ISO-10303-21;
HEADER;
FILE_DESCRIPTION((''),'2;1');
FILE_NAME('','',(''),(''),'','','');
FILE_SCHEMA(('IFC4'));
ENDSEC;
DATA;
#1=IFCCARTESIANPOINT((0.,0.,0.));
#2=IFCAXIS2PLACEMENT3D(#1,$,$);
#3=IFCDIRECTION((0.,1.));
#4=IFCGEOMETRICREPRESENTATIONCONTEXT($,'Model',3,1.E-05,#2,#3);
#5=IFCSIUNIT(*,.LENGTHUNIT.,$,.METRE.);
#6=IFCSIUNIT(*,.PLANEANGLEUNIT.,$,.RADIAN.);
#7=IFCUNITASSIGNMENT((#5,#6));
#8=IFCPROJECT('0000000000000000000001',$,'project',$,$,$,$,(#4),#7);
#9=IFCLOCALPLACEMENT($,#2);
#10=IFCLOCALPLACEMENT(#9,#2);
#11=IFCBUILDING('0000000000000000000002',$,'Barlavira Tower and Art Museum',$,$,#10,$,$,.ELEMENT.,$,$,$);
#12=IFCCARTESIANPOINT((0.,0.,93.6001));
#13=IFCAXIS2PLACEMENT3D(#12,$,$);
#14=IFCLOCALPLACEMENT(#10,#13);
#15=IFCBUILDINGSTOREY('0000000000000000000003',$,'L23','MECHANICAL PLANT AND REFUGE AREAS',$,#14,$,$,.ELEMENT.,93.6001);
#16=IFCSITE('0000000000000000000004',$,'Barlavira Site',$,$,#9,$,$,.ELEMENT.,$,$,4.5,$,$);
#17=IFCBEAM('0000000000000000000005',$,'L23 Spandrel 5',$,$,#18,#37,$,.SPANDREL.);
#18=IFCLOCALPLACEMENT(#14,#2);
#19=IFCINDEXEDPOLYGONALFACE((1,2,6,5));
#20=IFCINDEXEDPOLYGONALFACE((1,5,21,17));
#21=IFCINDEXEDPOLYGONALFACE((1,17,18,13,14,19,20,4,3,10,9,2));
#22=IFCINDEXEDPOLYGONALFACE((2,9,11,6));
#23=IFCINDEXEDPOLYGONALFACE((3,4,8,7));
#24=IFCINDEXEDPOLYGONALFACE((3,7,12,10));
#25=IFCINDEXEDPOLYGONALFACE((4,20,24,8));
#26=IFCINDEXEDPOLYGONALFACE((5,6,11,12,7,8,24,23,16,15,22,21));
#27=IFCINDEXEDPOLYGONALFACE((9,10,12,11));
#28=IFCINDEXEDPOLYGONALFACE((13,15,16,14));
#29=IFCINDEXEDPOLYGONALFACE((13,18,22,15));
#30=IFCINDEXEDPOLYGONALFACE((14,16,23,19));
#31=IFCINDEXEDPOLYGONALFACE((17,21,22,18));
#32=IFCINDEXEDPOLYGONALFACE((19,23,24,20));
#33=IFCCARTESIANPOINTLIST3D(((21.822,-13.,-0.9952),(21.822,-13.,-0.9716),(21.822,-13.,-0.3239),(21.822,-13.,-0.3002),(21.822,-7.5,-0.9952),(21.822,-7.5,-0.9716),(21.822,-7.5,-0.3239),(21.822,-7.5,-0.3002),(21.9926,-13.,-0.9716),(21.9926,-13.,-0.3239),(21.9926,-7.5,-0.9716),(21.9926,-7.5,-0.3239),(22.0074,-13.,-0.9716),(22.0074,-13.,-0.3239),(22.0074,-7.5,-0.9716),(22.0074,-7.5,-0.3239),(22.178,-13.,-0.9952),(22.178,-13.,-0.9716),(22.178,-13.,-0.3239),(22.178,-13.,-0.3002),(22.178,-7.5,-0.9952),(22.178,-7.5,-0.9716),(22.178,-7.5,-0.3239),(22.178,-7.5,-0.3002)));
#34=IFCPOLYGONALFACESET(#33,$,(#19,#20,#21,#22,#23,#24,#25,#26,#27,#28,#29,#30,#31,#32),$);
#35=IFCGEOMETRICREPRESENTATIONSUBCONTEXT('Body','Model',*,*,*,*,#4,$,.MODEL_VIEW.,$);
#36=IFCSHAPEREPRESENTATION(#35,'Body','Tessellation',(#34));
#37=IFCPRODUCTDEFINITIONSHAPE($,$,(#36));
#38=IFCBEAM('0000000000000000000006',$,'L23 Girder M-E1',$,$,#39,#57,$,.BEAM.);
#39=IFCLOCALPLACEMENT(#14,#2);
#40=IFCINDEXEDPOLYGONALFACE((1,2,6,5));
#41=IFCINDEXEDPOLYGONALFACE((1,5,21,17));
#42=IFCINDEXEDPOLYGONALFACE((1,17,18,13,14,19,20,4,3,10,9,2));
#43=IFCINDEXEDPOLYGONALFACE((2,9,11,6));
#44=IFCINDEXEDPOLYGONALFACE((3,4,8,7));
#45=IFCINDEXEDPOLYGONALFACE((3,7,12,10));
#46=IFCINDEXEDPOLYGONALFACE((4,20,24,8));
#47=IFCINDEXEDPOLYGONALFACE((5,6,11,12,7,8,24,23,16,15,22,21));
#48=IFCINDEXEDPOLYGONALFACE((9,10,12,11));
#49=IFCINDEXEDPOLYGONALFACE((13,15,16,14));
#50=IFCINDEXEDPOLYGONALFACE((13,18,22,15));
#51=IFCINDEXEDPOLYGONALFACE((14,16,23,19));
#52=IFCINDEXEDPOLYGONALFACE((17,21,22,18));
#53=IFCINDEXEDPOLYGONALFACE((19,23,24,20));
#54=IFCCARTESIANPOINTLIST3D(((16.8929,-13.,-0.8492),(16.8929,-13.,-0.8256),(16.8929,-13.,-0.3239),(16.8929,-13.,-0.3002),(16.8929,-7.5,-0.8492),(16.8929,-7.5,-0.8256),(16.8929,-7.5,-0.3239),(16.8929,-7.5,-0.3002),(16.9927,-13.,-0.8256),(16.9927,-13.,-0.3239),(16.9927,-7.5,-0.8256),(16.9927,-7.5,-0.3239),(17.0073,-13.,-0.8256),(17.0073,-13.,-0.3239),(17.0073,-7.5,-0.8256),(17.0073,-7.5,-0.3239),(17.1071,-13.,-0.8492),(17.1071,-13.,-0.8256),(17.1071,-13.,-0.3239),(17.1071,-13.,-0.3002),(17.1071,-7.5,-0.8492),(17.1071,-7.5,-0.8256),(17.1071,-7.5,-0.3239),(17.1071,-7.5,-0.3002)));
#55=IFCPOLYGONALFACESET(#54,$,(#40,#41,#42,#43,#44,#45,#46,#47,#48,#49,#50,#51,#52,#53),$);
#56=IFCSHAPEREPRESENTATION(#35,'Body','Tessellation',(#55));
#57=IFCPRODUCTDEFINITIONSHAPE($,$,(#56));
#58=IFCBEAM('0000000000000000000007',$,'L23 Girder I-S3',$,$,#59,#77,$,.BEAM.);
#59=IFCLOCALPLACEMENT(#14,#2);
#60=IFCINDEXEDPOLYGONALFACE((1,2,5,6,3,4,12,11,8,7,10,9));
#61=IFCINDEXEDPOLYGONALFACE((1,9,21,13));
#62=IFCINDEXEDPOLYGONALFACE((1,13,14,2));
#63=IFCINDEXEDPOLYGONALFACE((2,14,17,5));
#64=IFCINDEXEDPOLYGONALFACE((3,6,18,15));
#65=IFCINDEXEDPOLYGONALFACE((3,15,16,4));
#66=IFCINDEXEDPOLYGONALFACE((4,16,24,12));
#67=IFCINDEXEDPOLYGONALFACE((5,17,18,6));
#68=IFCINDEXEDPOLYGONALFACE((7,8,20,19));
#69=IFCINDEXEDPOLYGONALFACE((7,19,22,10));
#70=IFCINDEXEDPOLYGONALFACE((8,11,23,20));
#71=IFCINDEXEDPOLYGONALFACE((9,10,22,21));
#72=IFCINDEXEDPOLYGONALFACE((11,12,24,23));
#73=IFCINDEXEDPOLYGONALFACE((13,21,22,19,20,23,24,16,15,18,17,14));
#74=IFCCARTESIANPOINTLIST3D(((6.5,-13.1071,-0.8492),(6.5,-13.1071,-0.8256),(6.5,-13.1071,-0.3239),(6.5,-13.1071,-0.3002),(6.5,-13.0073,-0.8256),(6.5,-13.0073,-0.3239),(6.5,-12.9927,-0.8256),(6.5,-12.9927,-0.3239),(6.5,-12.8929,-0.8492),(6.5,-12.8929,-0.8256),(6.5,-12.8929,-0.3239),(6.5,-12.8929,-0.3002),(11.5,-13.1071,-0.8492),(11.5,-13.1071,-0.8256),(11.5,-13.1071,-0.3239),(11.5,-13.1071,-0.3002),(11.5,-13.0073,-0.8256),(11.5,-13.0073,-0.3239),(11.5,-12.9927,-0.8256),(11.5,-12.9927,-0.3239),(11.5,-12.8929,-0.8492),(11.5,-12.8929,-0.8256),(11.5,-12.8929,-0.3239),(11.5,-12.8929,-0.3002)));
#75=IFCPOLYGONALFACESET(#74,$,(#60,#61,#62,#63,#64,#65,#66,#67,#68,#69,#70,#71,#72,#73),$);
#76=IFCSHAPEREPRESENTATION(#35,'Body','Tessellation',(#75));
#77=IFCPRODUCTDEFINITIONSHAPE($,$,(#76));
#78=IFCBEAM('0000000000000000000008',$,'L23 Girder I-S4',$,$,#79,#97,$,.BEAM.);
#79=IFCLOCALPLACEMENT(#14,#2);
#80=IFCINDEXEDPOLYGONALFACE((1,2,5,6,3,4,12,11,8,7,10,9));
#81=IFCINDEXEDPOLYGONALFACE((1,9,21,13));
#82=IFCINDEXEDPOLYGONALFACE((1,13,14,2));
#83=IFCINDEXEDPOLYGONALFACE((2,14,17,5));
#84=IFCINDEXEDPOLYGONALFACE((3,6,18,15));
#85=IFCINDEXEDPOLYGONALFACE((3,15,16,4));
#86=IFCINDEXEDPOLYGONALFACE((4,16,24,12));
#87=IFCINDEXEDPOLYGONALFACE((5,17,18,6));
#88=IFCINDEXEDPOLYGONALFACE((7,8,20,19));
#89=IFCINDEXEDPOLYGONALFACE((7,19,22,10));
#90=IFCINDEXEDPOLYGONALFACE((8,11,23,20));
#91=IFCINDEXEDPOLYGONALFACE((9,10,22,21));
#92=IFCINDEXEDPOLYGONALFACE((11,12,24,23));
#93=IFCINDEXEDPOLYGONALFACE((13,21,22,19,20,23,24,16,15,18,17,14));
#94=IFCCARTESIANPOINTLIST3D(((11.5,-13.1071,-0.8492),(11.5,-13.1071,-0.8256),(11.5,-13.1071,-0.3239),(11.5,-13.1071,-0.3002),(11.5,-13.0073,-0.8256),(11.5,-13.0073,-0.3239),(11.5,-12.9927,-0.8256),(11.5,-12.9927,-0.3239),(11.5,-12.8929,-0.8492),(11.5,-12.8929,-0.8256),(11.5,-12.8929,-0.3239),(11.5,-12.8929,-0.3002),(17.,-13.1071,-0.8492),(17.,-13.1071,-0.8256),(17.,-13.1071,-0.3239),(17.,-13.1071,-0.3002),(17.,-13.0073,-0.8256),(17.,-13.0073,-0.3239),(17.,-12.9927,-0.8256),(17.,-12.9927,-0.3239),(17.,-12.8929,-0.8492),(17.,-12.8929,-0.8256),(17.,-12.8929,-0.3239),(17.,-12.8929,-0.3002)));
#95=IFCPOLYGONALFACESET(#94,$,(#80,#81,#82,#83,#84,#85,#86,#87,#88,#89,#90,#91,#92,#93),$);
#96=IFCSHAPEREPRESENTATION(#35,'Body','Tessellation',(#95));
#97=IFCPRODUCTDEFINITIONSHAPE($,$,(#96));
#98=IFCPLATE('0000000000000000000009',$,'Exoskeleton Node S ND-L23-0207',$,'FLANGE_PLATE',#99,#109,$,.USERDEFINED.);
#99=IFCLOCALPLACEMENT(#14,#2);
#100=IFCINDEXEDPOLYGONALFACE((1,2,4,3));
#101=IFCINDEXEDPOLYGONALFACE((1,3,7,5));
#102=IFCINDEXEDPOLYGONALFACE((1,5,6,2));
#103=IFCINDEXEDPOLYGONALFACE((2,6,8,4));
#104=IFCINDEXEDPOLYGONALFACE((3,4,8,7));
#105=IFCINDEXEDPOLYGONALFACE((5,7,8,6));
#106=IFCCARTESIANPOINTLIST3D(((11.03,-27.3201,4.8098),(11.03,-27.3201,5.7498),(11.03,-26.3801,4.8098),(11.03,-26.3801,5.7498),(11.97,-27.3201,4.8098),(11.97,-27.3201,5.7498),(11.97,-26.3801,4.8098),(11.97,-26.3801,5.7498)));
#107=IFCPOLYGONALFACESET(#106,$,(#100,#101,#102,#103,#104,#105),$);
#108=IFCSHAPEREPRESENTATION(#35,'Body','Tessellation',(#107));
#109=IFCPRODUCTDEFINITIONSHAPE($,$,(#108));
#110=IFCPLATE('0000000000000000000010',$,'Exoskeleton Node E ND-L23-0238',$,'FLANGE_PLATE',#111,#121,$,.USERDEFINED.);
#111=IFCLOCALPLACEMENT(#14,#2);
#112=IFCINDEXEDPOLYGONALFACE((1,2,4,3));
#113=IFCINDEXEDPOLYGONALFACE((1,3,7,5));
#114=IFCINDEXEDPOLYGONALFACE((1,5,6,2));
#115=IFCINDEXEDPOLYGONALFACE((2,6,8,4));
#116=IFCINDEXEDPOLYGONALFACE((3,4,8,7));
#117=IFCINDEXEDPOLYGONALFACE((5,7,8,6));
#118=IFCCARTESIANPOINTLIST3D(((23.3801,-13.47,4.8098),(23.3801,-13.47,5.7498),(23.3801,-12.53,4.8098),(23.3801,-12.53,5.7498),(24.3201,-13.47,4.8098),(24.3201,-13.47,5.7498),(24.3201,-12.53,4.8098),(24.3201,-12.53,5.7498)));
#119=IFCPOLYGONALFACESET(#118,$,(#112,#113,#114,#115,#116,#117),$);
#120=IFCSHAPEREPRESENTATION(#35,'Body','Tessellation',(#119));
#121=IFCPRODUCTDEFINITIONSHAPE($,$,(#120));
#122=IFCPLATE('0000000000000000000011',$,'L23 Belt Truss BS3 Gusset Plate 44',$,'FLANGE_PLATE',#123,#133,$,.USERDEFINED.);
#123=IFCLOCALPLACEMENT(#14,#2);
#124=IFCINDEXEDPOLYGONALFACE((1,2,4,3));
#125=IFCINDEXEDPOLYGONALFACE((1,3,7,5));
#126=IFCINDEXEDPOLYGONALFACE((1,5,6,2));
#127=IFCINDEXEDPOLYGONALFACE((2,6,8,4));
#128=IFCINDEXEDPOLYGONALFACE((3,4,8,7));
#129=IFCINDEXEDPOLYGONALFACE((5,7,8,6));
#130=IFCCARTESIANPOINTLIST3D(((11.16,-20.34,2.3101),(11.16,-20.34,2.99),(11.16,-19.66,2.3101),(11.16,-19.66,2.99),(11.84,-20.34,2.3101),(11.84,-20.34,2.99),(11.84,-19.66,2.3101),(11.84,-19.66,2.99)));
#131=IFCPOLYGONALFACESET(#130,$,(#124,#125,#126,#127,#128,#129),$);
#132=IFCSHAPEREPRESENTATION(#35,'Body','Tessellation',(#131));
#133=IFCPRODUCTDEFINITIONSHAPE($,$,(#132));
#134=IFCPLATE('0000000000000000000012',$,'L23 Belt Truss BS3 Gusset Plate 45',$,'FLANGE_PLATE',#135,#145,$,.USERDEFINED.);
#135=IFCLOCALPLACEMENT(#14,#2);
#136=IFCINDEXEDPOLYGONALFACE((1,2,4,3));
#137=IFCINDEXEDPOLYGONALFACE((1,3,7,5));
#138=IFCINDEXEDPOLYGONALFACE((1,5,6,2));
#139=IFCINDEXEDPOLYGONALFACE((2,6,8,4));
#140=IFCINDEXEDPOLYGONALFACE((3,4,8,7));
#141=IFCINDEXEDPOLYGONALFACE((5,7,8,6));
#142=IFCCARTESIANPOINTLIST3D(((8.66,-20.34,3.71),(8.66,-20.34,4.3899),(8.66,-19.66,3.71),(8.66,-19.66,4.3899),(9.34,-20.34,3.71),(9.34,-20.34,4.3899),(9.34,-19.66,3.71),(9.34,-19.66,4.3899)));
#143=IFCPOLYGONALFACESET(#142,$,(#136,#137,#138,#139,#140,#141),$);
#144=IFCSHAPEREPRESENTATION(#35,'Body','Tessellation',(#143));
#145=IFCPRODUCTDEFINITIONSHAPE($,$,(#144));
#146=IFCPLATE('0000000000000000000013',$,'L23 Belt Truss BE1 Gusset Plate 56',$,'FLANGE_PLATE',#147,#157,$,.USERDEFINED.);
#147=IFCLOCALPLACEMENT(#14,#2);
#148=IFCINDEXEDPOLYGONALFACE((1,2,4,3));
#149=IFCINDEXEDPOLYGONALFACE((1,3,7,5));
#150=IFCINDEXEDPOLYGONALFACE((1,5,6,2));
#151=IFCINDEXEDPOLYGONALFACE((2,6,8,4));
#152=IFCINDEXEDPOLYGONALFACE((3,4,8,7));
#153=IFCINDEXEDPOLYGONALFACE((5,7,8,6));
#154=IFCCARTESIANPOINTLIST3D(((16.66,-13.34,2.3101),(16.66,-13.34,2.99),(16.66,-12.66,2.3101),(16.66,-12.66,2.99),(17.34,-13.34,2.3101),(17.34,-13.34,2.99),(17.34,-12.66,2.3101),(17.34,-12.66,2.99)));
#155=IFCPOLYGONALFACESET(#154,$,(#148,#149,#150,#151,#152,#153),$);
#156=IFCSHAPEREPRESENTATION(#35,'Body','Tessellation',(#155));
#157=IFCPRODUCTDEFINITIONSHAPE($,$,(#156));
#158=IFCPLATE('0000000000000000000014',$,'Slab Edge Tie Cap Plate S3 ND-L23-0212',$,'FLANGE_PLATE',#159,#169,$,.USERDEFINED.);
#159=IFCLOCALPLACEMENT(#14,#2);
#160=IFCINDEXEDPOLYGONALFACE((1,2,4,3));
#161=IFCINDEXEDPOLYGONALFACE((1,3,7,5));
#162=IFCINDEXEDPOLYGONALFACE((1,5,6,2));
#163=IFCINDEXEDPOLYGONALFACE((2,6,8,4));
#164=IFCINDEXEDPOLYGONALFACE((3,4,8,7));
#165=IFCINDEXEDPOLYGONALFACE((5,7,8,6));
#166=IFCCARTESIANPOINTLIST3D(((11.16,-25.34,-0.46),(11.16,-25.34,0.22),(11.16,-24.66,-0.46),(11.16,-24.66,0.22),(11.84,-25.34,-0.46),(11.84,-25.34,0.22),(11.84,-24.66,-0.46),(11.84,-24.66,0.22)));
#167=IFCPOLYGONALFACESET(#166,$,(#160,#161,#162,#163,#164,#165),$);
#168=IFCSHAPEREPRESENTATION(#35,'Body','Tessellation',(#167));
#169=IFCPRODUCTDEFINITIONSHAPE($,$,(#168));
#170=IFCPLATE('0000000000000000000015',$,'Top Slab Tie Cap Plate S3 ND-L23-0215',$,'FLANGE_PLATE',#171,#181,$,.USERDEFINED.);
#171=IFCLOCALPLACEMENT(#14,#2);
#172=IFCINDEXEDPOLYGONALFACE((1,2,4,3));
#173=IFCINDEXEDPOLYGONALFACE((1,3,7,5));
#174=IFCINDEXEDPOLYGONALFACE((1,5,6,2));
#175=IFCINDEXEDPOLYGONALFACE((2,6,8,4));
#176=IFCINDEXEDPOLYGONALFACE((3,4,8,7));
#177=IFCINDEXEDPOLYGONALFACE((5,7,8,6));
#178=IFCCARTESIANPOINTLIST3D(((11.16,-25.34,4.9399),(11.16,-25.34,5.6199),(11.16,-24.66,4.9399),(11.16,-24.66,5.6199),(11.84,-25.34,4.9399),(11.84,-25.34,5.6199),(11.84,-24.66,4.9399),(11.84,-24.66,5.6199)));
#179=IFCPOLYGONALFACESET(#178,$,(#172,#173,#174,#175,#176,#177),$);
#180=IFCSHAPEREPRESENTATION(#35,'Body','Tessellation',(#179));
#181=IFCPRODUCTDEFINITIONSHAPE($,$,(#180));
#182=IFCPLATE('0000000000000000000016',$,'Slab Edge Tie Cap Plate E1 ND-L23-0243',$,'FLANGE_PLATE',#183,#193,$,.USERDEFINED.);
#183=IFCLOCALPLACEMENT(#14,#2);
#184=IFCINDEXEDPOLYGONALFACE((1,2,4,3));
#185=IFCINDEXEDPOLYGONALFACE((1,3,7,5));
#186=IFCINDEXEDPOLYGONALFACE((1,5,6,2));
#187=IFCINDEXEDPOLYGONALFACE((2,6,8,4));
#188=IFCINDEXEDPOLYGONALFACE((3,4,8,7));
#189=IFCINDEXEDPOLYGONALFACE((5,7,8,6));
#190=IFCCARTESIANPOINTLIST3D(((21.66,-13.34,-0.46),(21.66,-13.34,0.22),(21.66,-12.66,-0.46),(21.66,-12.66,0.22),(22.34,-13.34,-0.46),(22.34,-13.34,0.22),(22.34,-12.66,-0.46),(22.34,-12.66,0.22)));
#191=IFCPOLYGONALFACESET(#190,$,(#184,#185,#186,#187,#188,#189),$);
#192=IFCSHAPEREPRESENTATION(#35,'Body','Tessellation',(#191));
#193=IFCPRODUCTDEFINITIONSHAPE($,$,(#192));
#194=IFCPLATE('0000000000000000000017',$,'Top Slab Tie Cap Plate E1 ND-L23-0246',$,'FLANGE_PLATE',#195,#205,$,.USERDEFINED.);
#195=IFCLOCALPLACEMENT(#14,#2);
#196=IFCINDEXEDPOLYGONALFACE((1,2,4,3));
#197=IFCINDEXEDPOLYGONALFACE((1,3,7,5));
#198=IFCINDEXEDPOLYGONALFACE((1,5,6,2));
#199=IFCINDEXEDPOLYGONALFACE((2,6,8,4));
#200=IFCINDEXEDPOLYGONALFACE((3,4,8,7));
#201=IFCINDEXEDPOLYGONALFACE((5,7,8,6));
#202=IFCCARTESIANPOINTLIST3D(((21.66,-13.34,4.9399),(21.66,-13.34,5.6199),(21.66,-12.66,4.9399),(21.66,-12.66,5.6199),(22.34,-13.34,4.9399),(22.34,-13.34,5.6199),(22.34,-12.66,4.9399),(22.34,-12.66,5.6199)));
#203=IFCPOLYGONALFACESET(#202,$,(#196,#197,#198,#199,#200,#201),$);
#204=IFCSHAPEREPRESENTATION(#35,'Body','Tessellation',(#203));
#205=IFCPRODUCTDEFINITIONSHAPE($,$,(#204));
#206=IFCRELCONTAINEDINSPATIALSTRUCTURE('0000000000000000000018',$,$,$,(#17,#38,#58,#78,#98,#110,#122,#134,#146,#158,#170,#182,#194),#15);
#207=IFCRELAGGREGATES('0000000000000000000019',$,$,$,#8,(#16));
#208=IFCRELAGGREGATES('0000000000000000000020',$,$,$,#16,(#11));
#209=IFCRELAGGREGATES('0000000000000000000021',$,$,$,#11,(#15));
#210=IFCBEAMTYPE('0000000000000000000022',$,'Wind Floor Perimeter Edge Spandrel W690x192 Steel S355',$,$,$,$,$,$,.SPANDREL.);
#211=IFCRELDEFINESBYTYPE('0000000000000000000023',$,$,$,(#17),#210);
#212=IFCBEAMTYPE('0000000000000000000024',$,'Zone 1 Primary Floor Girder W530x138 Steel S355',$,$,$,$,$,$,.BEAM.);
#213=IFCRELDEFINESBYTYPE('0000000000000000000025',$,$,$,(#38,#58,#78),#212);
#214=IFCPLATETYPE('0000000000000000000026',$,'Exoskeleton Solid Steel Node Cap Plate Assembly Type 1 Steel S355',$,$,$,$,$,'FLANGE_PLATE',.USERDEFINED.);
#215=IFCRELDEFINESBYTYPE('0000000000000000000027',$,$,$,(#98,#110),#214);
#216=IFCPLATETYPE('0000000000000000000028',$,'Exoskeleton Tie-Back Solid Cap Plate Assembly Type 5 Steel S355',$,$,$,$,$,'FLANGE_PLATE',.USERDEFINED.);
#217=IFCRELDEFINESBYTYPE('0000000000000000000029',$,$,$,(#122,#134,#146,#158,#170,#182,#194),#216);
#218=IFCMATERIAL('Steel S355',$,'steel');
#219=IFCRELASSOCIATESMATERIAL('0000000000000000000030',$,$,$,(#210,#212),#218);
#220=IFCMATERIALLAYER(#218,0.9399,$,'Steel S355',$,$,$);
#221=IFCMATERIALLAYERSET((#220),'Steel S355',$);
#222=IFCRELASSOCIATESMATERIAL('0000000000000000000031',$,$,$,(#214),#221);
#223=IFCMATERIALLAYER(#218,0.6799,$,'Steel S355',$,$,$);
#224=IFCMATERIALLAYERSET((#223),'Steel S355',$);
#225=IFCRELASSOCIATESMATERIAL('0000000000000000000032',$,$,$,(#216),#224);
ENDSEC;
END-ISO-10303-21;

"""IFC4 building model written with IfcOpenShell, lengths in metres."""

from ifc_helpers import new_model, si_unit, direction, frame, origin, origin_2d, place, context, subcontext, project, spatial, rectangle, i_section, extrude, material, layer, layer_set, material_profile, profile_set, type_object, element, save


model = new_model("IFC4")

# Units and contexts
model_context = context("Model", 3, precision=1e-05, world=origin(), true_north=direction((0.0, 1.0)))
body_context = subcontext(model_context, "Body", "Model", "MODEL_VIEW")
ifc_project = project(units=[si_unit("LENGTHUNIT", "METRE"), si_unit("PLANEANGLEUNIT", "RADIAN")], contexts=[model_context])

# Site, building, storey
site_placement = place(None, origin())
site = spatial("IfcSite", under=ifc_project, at=site_placement, Name="Barlavira Site", CompositionType="ELEMENT", RefElevation=4.5)
building_placement = place(site_placement, origin())
building = spatial("IfcBuilding", under=site, at=building_placement, Name="Barlavira Tower and Art Museum", CompositionType="ELEMENT")
storey_placement = place(building_placement, frame((0.0, 0.0, 93.6001)))
storey = spatial("IfcBuildingStorey", under=building, at=storey_placement, Name="L23", Description="MECHANICAL PLANT AND REFUGE AREAS", CompositionType="ELEMENT", Elevation=93.6001)

# Shared definitions
ifc_material_1 = material(Name="Steel S355", Category="steel")

# Beams
ifc_material_profile_1 = material_profile(ifc_material_1, i_section(OverallWidth=0.356, OverallDepth=0.6951, WebThickness=0.0149, FlangeThickness=0.0237, at=origin_2d()), Name="W690x192.0")
ifc_profile_set_1 = profile_set([ifc_material_profile_1], Name="Steel S355")
beam_type_1 = type_object("IfcBeamType", Name="Wind Floor Perimeter Edge Spandrel W690x192 Steel S355", PredefinedType="SPANDREL", material=ifc_profile_set_1)
beam_1_placement = place(storey_placement, frame((22.0, -13.0, -0.6477), z_axis=(0.0, 1.0, 0.0), x_axis=(-1.0, 0.0, 0.0)))
element("IfcBeam", 1, at=beam_1_placement, inside=storey, type_object=beam_type_1, Name="L23 Spandrel 5", PredefinedType="SPANDREL", context=body_context, shape_type="SweptSolid", body=[
    extrude(i_section(OverallWidth=0.356, OverallDepth=0.6951, WebThickness=0.0149, FlangeThickness=0.0237, at=origin_2d()), origin(), (0.0, 0.0, 1.0), 5.5),
])
ifc_material_profile_2 = material_profile(ifc_material_1, i_section(OverallWidth=0.2141, OverallDepth=0.5491, WebThickness=0.0146, FlangeThickness=0.0237, at=origin_2d()), Name="W530x138.0")
ifc_profile_set_2 = profile_set([ifc_material_profile_2], Name="Steel S355")
beam_type_2 = type_object("IfcBeamType", Name="Zone 1 Primary Floor Girder W530x138 Steel S355", PredefinedType="BEAM", material=ifc_profile_set_2)
beam_2_placement = place(storey_placement, frame((17.0, -13.0, -0.5747), z_axis=(0.0, 1.0, 0.0), x_axis=(-1.0, 0.0, 0.0)))
element("IfcBeam", 2, at=beam_2_placement, inside=storey, type_object=beam_type_2, Name="L23 Girder M-E1", PredefinedType="BEAM", context=body_context, shape_type="SweptSolid", body=[
    extrude(i_section(OverallWidth=0.2141, OverallDepth=0.5491, WebThickness=0.0146, FlangeThickness=0.0237, at=origin_2d()), origin(), (0.0, 0.0, 1.0), 5.5),
])
beam_3_placement = place(storey_placement, frame((6.5, -13.0, -0.5747), z_axis=(1.0, 0.0, 0.0), x_axis=(0.0, 1.0, 0.0)))
element("IfcBeam", 3, at=beam_3_placement, inside=storey, type_object=beam_type_2, Name="L23 Girder I-S3", PredefinedType="BEAM", context=body_context, shape_type="SweptSolid", body=[
    extrude(i_section(OverallWidth=0.2141, OverallDepth=0.5491, WebThickness=0.0146, FlangeThickness=0.0237, at=origin_2d()), origin(), (0.0, 0.0, 1.0), 5.0),
])
beam_4_placement = place(storey_placement, frame((11.5, -13.0, -0.5747), z_axis=(1.0, 0.0, 0.0), x_axis=(0.0, 1.0, 0.0)))
element("IfcBeam", 4, at=beam_4_placement, inside=storey, type_object=beam_type_2, Name="L23 Girder I-S4", PredefinedType="BEAM", context=body_context, shape_type="SweptSolid", body=[
    extrude(i_section(OverallWidth=0.2141, OverallDepth=0.5491, WebThickness=0.0146, FlangeThickness=0.0237, at=origin_2d()), origin(), (0.0, 0.0, 1.0), 5.5),
])

# Plates
ifc_layer_1 = layer(ifc_material_1, 0.9399, Name="Steel S355")
ifc_layer_set_1 = layer_set([ifc_layer_1], Name="Steel S355")
plate_type_1 = type_object("IfcPlateType", Name="Exoskeleton Solid Steel Node Cap Plate Assembly Type 1 Steel S355", ElementType="FLANGE_PLATE", PredefinedType="USERDEFINED", material=ifc_layer_set_1)
for number, where, z_axis, x_axis, name in (
    (5, (11.5, -26.8501, 4.8098), (0.0, 0.0, 1.0), (1.0, 0.0, 0.0), "Exoskeleton Node S ND-L23-0207"),
    (6, (23.8501, -13.0, 4.8098), (0.0, 0.0, 1.0), (1.0, 0.0, 0.0), "Exoskeleton Node E ND-L23-0238"),
):
    element("IfcPlate", number, at=place(storey_placement, frame(where, z_axis=z_axis, x_axis=x_axis)), inside=storey, type_object=plate_type_1, Name=name, ObjectType="FLANGE_PLATE", PredefinedType="USERDEFINED", context=body_context, shape_type="SweptSolid", body=[
        extrude(rectangle(XDim=0.9399, YDim=0.9399, at=origin_2d()), origin(), (0.0, 0.0, 1.0), 0.9399),
    ])
ifc_layer_2 = layer(ifc_material_1, 0.6799, Name="Steel S355")
ifc_layer_set_2 = layer_set([ifc_layer_2], Name="Steel S355")
plate_type_2 = type_object("IfcPlateType", Name="Exoskeleton Tie-Back Solid Cap Plate Assembly Type 5 Steel S355", ElementType="FLANGE_PLATE", PredefinedType="USERDEFINED", material=ifc_layer_set_2)
for number, where, z_axis, x_axis, name in (
    (7, (11.5, -20.0, 2.3101), (0.0, 0.0, 1.0), (1.0, 0.0, 0.0), "L23 Belt Truss BS3 Gusset Plate 44"),
    (8, (9.0, -20.0, 3.71), (0.0, 0.0, 1.0), (1.0, 0.0, 0.0), "L23 Belt Truss BS3 Gusset Plate 45"),
    (9, (17.0, -13.0, 2.3101), (0.0, 0.0, 1.0), (1.0, 0.0, 0.0), "L23 Belt Truss BE1 Gusset Plate 56"),
    (10, (11.5, -25.0, -0.46), (0.0, 0.0, 1.0), (1.0, 0.0, 0.0), "Slab Edge Tie Cap Plate S3 ND-L23-0212"),
    (11, (11.5, -25.0, 4.9399), (0.0, 0.0, 1.0), (1.0, 0.0, 0.0), "Top Slab Tie Cap Plate S3 ND-L23-0215"),
    (12, (22.0, -13.0, -0.46), (0.0, 0.0, 1.0), (1.0, 0.0, 0.0), "Slab Edge Tie Cap Plate E1 ND-L23-0243"),
    (13, (22.0, -13.0, 4.9399), (0.0, 0.0, 1.0), (1.0, 0.0, 0.0), "Top Slab Tie Cap Plate E1 ND-L23-0246"),
):
    element("IfcPlate", number, at=place(storey_placement, frame(where, z_axis=z_axis, x_axis=x_axis)), inside=storey, type_object=plate_type_2, Name=name, ObjectType="FLANGE_PLATE", PredefinedType="USERDEFINED", context=body_context, shape_type="SweptSolid", body=[
        extrude(rectangle(XDim=0.6799, YDim=0.6799, at=origin_2d()), origin(), (0.0, 0.0, 1.0), 0.6799),
    ])

save(model, "model.ifc")
